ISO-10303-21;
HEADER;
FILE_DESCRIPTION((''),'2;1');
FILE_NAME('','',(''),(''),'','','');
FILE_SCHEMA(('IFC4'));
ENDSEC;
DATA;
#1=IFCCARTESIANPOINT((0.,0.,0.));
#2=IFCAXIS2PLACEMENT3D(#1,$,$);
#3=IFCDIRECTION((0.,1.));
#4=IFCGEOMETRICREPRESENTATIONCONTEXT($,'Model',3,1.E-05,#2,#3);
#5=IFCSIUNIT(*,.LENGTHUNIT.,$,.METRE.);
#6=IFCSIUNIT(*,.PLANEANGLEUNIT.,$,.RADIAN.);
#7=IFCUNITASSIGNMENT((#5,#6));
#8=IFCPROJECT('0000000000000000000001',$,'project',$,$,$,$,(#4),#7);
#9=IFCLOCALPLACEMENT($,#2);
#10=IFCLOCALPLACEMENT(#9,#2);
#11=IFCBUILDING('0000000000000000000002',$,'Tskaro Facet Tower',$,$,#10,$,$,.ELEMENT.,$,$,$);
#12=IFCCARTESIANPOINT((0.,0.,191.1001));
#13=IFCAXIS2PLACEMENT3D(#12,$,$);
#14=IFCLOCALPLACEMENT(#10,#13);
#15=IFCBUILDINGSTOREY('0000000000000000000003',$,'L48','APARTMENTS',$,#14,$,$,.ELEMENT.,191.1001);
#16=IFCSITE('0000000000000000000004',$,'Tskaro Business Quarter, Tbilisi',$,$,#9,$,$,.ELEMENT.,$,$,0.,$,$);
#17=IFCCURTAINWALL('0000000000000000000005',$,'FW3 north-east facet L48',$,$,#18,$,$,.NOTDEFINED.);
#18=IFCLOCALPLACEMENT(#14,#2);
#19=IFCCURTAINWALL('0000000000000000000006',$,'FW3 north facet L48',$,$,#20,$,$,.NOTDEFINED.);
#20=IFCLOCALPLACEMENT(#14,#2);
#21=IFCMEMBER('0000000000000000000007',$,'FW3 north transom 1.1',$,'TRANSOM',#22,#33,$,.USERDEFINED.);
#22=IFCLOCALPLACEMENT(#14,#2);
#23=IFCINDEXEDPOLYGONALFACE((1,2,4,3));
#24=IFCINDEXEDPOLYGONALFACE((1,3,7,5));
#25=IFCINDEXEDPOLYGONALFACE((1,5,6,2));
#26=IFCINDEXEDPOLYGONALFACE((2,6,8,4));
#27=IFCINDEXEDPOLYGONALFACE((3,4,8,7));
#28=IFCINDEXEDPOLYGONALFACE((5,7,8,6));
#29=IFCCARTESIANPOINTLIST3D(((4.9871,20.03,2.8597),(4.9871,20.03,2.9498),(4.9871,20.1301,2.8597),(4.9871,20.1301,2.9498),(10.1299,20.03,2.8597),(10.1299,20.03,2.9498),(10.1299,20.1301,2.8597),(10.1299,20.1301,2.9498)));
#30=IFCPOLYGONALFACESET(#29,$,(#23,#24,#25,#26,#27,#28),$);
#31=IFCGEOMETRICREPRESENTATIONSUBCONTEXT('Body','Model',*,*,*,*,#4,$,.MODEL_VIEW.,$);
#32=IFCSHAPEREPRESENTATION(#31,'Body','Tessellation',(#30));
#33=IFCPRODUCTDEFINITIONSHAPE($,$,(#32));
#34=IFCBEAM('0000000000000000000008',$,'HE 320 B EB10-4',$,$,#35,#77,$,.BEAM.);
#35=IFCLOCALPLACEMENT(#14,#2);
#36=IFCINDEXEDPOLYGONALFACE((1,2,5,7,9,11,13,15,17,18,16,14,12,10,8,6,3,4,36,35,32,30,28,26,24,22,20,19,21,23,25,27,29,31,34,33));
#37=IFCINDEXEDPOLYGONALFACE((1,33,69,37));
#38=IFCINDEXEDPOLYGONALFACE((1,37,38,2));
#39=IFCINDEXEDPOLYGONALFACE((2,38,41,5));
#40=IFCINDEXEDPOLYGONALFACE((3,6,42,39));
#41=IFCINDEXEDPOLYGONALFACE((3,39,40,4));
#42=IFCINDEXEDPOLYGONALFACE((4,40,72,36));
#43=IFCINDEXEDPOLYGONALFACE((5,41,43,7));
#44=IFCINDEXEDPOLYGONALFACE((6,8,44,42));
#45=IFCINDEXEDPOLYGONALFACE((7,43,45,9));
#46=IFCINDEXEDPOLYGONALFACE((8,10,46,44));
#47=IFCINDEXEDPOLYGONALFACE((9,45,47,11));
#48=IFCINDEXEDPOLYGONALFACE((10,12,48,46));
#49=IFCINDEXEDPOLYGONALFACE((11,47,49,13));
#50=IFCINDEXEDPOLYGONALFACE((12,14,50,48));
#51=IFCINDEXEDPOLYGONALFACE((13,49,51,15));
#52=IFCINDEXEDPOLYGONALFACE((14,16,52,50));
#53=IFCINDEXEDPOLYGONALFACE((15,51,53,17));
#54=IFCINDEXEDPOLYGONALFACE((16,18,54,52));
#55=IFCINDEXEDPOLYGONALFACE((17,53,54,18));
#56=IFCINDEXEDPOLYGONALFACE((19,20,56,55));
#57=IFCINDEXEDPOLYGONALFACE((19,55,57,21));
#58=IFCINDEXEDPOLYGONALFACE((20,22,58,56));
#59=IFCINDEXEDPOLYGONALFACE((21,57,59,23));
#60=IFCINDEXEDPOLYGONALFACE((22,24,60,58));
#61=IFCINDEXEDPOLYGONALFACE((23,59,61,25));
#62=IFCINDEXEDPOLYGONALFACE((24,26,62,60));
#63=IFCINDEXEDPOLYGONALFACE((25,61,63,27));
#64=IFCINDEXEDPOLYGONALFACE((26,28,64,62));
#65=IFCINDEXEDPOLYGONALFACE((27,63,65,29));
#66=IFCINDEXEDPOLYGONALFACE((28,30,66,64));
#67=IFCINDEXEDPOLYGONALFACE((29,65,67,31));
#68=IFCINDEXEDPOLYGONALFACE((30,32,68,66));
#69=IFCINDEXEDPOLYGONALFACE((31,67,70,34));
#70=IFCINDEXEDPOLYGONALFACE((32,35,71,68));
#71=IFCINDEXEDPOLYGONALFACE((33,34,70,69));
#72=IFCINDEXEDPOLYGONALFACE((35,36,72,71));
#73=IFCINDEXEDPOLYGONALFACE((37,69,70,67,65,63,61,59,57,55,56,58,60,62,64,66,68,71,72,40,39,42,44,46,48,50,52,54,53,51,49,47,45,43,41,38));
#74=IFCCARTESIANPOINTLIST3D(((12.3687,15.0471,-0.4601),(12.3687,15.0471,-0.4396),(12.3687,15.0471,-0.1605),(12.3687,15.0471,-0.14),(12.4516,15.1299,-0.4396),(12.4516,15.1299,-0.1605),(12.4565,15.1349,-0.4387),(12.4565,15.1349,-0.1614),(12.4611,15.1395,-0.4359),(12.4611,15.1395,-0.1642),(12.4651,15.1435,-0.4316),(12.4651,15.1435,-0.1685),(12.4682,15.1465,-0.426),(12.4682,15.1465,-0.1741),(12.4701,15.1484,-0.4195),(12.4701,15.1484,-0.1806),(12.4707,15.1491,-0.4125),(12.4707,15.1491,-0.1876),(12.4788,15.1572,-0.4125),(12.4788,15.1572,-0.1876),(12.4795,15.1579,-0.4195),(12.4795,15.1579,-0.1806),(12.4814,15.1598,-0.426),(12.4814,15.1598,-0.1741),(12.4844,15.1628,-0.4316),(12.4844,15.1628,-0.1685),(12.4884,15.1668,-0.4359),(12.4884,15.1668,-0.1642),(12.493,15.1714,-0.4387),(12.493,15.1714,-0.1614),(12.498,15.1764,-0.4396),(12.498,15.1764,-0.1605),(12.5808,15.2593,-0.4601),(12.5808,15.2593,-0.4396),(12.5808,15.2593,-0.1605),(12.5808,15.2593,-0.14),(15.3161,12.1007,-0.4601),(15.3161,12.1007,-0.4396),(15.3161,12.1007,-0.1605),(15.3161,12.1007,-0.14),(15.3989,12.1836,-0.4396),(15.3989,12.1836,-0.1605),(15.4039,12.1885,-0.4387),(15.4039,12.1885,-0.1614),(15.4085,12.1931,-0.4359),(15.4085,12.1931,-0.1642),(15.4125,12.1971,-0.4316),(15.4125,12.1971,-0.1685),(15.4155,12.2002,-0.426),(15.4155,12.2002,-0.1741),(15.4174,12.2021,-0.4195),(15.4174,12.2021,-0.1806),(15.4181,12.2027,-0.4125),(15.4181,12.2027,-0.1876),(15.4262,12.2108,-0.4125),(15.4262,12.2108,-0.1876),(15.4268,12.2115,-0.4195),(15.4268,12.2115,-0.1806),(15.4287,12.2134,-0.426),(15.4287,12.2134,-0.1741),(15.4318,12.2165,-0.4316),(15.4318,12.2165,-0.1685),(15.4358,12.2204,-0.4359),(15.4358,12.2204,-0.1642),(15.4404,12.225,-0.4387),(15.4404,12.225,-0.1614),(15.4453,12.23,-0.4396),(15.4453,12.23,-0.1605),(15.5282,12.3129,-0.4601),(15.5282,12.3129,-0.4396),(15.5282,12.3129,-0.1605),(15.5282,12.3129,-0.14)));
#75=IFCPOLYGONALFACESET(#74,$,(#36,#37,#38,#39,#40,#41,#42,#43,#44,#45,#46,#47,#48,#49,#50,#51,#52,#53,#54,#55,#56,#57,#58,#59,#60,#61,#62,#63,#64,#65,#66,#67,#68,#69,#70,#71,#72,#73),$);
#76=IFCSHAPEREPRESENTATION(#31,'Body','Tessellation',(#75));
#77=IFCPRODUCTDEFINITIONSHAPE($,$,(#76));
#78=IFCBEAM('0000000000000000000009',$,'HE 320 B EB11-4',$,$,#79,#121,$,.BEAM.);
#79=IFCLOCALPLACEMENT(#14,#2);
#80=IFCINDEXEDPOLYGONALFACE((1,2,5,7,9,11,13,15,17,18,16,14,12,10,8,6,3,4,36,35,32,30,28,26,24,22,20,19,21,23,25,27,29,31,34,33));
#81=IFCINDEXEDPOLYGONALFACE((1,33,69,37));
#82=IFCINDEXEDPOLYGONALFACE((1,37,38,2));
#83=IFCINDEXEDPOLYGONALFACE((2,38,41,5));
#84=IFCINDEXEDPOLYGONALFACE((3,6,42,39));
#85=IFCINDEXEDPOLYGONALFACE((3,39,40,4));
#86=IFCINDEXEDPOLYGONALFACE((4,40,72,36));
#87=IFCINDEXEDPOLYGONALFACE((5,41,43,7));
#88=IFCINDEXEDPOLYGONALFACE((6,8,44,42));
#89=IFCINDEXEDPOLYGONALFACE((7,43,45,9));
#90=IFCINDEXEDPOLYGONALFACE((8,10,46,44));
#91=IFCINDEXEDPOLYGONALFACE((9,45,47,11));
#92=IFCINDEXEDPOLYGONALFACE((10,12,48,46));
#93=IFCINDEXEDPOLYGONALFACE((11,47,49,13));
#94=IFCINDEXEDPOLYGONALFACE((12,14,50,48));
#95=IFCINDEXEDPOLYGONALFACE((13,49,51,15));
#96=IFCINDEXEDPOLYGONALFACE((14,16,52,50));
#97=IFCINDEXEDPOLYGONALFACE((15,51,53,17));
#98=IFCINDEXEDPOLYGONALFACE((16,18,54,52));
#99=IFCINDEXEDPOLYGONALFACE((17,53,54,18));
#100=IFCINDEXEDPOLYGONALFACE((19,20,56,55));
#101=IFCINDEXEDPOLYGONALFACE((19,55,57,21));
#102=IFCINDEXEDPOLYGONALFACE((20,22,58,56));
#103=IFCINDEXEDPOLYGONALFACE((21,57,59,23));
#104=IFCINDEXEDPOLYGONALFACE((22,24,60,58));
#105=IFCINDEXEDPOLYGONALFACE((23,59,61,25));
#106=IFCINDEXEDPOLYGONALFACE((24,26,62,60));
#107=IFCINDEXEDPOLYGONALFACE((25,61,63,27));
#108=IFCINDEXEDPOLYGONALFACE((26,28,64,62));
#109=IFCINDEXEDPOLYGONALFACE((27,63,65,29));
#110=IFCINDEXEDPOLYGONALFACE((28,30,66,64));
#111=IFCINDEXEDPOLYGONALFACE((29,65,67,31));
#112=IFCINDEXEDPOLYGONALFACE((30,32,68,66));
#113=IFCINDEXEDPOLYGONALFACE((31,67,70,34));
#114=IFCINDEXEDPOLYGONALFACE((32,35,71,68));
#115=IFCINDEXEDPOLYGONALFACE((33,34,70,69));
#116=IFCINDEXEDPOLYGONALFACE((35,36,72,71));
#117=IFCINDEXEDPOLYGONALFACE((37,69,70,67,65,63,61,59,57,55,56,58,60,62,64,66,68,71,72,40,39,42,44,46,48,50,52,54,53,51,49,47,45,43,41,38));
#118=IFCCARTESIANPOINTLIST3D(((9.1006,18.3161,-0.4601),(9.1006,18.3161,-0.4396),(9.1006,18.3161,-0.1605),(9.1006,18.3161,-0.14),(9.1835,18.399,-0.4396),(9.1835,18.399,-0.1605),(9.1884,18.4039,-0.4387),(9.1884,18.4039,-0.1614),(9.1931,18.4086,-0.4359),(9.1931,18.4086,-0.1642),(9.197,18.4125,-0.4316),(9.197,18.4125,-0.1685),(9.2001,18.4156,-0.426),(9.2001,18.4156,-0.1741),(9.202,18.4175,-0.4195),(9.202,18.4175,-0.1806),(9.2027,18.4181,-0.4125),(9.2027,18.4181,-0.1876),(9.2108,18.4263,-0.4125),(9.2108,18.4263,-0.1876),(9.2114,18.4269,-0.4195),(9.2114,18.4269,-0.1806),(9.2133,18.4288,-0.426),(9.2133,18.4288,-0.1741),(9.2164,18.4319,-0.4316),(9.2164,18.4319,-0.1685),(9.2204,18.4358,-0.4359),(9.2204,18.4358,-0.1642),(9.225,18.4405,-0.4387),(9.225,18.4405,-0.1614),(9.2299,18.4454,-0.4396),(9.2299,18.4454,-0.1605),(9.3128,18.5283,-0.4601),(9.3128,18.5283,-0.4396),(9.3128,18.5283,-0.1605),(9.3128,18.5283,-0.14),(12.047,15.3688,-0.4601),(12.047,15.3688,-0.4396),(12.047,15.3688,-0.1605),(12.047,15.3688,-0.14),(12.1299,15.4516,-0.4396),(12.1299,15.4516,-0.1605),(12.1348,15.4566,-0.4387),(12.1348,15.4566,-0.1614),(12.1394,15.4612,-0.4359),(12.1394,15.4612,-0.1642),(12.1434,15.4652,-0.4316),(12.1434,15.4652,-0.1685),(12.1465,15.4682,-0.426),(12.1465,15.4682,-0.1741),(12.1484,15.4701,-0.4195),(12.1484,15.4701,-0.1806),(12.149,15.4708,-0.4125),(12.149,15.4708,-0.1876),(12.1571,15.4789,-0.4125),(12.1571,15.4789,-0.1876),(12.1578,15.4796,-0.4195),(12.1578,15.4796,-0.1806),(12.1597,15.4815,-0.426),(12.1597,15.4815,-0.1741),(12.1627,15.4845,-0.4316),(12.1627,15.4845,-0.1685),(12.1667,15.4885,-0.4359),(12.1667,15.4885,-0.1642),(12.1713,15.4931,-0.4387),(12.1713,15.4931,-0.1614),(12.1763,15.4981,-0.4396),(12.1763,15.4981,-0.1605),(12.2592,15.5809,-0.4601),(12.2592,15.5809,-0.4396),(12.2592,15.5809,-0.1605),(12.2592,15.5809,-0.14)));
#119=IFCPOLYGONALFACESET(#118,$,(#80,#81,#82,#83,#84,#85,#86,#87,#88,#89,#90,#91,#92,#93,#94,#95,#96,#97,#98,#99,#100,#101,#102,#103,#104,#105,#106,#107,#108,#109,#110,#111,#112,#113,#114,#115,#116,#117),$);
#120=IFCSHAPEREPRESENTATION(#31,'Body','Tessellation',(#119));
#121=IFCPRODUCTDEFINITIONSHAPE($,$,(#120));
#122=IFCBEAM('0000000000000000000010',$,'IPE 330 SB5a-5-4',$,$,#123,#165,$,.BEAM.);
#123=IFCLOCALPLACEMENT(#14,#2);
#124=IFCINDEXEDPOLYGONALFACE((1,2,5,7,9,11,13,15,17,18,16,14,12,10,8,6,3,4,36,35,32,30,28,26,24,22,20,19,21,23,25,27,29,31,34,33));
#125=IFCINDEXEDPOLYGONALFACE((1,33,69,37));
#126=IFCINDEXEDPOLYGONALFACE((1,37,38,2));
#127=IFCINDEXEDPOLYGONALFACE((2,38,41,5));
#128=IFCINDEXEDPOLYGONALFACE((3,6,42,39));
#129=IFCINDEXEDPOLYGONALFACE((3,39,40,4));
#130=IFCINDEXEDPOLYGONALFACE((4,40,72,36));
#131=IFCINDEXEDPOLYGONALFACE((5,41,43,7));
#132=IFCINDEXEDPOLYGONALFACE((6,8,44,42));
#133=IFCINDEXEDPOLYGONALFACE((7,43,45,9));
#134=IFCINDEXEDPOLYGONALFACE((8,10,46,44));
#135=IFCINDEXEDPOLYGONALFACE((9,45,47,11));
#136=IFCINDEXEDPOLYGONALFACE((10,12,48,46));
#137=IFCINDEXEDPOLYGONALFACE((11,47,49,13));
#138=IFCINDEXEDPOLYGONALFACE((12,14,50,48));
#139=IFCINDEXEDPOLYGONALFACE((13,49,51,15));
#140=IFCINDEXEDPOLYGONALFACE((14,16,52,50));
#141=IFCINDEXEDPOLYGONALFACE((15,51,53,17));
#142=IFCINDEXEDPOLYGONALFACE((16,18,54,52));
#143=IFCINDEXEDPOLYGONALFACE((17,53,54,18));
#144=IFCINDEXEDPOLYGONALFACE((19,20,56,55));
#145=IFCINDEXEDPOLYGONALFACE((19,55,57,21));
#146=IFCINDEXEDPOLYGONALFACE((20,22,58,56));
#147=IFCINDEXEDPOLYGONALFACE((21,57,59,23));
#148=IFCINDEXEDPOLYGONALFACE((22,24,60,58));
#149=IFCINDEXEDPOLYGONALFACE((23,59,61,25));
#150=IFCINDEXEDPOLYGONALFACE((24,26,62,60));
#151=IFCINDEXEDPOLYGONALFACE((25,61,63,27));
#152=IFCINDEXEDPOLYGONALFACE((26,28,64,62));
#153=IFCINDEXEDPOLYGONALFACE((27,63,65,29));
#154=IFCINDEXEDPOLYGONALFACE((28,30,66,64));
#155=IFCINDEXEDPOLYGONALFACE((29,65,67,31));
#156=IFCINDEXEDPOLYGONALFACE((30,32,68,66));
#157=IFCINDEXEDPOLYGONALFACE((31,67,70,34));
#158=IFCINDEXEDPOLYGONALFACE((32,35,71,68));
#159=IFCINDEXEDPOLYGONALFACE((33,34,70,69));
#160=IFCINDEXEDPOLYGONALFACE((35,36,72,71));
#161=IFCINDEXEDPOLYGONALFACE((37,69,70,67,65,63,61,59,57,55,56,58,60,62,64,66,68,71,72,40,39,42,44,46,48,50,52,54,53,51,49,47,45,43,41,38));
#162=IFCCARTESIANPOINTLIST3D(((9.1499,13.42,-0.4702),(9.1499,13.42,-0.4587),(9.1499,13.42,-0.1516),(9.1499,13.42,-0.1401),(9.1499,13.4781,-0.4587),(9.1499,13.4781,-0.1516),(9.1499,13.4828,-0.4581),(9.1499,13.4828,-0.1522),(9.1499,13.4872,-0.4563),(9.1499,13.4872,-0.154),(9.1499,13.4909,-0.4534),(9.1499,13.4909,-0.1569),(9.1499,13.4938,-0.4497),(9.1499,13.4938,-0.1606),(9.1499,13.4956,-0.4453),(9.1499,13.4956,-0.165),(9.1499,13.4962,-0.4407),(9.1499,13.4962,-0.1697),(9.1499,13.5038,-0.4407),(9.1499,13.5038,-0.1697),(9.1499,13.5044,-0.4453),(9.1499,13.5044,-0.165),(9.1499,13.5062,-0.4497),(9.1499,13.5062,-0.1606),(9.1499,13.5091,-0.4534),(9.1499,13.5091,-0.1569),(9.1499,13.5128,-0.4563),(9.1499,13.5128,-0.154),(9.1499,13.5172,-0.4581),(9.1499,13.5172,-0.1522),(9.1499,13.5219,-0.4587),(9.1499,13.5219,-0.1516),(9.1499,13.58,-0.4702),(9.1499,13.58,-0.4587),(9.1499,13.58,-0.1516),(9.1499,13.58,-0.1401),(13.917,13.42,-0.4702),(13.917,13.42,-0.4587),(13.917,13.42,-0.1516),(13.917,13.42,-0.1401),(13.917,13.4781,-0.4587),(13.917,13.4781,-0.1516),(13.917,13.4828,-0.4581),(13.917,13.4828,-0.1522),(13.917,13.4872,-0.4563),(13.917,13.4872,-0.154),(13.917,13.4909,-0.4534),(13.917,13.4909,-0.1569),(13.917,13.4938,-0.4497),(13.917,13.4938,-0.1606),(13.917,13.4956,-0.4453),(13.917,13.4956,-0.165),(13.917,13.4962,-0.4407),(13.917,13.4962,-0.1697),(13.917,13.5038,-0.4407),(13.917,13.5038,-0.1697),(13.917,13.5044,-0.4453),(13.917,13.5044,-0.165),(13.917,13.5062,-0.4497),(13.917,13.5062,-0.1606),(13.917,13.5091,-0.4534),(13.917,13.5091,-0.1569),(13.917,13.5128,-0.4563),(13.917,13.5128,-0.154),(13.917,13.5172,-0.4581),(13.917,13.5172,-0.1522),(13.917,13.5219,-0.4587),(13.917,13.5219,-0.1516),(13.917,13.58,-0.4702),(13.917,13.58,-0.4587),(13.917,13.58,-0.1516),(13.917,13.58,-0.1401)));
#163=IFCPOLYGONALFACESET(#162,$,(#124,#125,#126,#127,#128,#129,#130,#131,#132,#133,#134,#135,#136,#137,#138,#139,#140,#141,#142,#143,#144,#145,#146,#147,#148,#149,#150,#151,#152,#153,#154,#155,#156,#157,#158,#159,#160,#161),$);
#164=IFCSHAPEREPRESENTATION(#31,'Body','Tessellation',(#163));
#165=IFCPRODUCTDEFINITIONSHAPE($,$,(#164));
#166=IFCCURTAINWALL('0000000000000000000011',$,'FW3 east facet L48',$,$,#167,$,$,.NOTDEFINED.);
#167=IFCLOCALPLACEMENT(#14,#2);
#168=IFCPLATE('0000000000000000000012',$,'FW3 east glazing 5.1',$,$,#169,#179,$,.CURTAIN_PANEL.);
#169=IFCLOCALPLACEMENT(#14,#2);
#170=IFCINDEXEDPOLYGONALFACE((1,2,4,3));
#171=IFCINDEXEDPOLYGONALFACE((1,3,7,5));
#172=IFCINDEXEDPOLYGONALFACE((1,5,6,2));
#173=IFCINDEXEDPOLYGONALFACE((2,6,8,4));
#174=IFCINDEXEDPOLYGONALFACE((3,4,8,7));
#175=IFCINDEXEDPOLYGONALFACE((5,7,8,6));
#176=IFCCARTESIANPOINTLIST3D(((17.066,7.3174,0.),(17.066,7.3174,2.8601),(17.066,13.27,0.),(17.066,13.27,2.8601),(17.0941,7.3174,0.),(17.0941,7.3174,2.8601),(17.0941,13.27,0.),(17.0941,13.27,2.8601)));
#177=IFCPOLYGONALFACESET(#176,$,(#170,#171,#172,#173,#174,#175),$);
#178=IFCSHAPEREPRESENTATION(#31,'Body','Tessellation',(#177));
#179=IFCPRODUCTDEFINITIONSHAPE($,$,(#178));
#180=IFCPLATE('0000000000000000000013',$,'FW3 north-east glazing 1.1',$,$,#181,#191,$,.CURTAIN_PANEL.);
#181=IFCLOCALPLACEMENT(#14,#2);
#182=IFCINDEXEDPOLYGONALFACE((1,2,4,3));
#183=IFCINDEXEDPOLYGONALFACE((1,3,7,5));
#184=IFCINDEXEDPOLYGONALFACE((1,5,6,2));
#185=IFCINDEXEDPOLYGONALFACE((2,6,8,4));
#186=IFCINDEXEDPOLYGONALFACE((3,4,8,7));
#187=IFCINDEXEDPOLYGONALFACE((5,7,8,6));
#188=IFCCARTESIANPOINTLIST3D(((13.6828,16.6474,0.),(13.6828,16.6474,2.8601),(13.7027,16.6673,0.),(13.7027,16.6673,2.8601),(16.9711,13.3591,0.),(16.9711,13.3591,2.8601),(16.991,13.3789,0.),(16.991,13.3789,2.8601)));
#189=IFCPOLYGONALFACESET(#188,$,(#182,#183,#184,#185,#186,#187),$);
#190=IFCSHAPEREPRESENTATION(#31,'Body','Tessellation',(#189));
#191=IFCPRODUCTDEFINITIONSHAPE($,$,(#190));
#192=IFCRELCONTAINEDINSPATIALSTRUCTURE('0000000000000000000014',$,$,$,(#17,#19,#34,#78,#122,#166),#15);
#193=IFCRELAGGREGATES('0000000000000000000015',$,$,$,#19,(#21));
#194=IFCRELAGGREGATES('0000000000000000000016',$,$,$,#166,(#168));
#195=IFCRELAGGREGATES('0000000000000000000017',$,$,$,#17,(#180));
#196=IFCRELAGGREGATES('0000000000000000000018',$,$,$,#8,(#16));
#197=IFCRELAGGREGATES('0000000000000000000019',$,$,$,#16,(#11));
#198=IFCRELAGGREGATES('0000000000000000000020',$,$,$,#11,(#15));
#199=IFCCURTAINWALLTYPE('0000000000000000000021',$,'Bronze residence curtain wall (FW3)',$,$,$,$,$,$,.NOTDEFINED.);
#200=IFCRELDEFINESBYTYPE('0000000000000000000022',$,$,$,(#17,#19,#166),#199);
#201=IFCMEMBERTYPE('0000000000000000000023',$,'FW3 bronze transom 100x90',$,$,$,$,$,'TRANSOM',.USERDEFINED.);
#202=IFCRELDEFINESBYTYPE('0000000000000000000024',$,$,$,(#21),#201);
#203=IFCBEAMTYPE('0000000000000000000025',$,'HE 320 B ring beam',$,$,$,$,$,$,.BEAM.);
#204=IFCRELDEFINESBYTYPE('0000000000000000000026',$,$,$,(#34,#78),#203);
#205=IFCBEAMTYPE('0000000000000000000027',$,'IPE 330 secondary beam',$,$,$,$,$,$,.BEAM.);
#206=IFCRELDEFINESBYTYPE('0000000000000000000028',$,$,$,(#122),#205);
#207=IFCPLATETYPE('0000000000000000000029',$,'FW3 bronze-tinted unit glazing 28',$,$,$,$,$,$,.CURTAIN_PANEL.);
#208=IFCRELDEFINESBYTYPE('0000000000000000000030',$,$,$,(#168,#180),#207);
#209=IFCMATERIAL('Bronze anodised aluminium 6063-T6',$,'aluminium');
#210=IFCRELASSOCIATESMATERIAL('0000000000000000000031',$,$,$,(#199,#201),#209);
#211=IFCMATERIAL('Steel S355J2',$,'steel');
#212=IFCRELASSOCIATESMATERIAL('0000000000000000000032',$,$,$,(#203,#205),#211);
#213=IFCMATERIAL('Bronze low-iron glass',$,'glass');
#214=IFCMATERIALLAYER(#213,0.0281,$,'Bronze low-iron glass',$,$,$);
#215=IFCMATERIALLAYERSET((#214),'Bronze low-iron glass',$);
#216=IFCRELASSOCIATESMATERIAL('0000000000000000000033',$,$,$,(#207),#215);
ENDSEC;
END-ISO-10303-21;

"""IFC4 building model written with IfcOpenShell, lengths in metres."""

from ifc_helpers import new_model, si_unit, direction, frame, origin, origin_2d, place, context, subcontext, project, spatial, rectangle, i_section, extrude, material, layer, layer_set, material_profile, profile_set, type_object, element, aggregate, save


model = new_model("IFC4")

# Units and contexts
model_context = context("Model", 3, precision=1e-05, world=origin(), true_north=direction((0.0, 1.0)))
body_context = subcontext(model_context, "Body", "Model", "MODEL_VIEW")
ifc_project = project(units=[si_unit("LENGTHUNIT", "METRE"), si_unit("PLANEANGLEUNIT", "RADIAN")], contexts=[model_context])

# Site, building, storey
site_placement = place(None, origin())
site = spatial("IfcSite", under=ifc_project, at=site_placement, Name="Tskaro Business Quarter, Tbilisi", CompositionType="ELEMENT", RefElevation=0.0)
building_placement = place(site_placement, origin())
building = spatial("IfcBuilding", under=site, at=building_placement, Name="Tskaro Facet Tower", CompositionType="ELEMENT")
storey_placement = place(building_placement, frame((0.0, 0.0, 191.1001)))
storey = spatial("IfcBuildingStorey", under=building, at=storey_placement, Name="L48", Description="APARTMENTS", CompositionType="ELEMENT", Elevation=191.1001)

# Curtain walls
ifc_material_1 = material(Name="Bronze anodised aluminium 6063-T6", Category="aluminium")
curtain_wall_type = type_object("IfcCurtainWallType", Name="Bronze residence curtain wall (FW3)", PredefinedType="NOTDEFINED", material=ifc_material_1)
curtain_wall_1_placement = place(storey_placement, origin())
curtain_wall_1 = element("IfcCurtainWall", 1, at=curtain_wall_1_placement, inside=storey, type_object=curtain_wall_type, Name="FW3 north-east facet L48", PredefinedType="NOTDEFINED")
curtain_wall_2_placement = place(storey_placement, origin())
curtain_wall_2 = element("IfcCurtainWall", 2, at=curtain_wall_2_placement, inside=storey, type_object=curtain_wall_type, Name="FW3 north facet L48", PredefinedType="NOTDEFINED")

# Member
ifc_material_profile_1 = material_profile(ifc_material_1, rectangle(XDim=0.1001, YDim=0.0901, at=origin_2d()), Name="Transom 100x90")
ifc_profile_set_1 = profile_set([ifc_material_profile_1], Name="Bronze anodised aluminium 6063-T6")
member_type_1 = type_object("IfcMemberType", Name="FW3 bronze transom 100x90", ElementType="TRANSOM", PredefinedType="USERDEFINED", material=ifc_profile_set_1)
member_1_placement = place(storey_placement, frame((10.1299, 20.0801, 2.9048), z_axis=(-1.0, 0.0, 0.0), x_axis=(0.0, -1.0, 0.0)))
member_1 = element("IfcMember", 3, at=member_1_placement, type_object=member_type_1, Name="FW3 north transom 1.1", ObjectType="TRANSOM", PredefinedType="USERDEFINED", context=body_context, shape_type="SweptSolid", body=[
    extrude(rectangle(XDim=0.1001, YDim=0.0901, at=origin_2d()), origin(), (0.0, 0.0, 1.0), 5.1428),
])
aggregate(curtain_wall_2, [member_1])

# Beams
ifc_material_2 = material(Name="Steel S355J2", Category="steel")
ifc_material_profile_2 = material_profile(ifc_material_2, i_section(OverallWidth=0.3, OverallDepth=0.3201, WebThickness=0.0115, FlangeThickness=0.0205, FilletRadius=0.0271, at=origin_2d()), Name="HE 320 B")
ifc_profile_set_2 = profile_set([ifc_material_profile_2], Name="Steel S355J2")
beam_type_1 = type_object("IfcBeamType", Name="HE 320 B ring beam", PredefinedType="BEAM", material=ifc_profile_set_2)
for number, where, z_axis, x_axis, name in (
    (4, (15.4221, 12.2068, -0.3), (-0.707224, 0.70699, 0.0), (-0.70699, -0.707224, 0.0), "HE 320 B EB10-4"),
    (5, (12.1531, 15.4749, -0.3), (-0.70699, 0.707224, 0.0), (-0.707224, -0.70699, 0.0), "HE 320 B EB11-4"),
):
    element("IfcBeam", number, at=place(storey_placement, frame(where, z_axis=z_axis, x_axis=x_axis)), inside=storey, type_object=beam_type_1, Name=name, PredefinedType="BEAM", context=body_context, shape_type="SweptSolid", body=[
        extrude(i_section(OverallWidth=0.3, OverallDepth=0.3201, WebThickness=0.0115, FlangeThickness=0.0205, FilletRadius=0.0271, at=origin_2d()), origin(), (0.0, 0.0, 1.0), 4.1675),
    ])
ifc_material_profile_3 = material_profile(ifc_material_2, i_section(OverallWidth=0.1599, OverallDepth=0.3301, WebThickness=0.0076, FlangeThickness=0.0115, FilletRadius=0.0181, at=origin_2d()), Name="IPE 330")
ifc_profile_set_3 = profile_set([ifc_material_profile_3], Name="Steel S355J2")
beam_type_2 = type_object("IfcBeamType", Name="IPE 330 secondary beam", PredefinedType="BEAM", material=ifc_profile_set_3)
beam_placement = place(storey_placement, frame((9.1499, 13.5, -0.3052), z_axis=(1.0, 0.0, 0.0), x_axis=(0.0, 1.0, 0.0)))
element("IfcBeam", 6, at=beam_placement, inside=storey, type_object=beam_type_2, Name="IPE 330 SB5a-5-4", PredefinedType="BEAM", context=body_context, shape_type="SweptSolid", body=[
    extrude(i_section(OverallWidth=0.1599, OverallDepth=0.3301, WebThickness=0.0076, FlangeThickness=0.0115, FilletRadius=0.0181, at=origin_2d()), origin(), (0.0, 0.0, 1.0), 4.7671),
])

# Curtain wall, plate
curtain_wall_3_placement = place(storey_placement, origin())
curtain_wall_3 = element("IfcCurtainWall", 7, at=curtain_wall_3_placement, inside=storey, type_object=curtain_wall_type, Name="FW3 east facet L48", PredefinedType="NOTDEFINED")
ifc_material_3 = material(Name="Bronze low-iron glass", Category="glass")
ifc_layer_1 = layer(ifc_material_3, 0.0281, Name="Bronze low-iron glass")
ifc_layer_set_1 = layer_set([ifc_layer_1], Name="Bronze low-iron glass")
plate_type = type_object("IfcPlateType", Name="FW3 bronze-tinted unit glazing 28", PredefinedType="CURTAIN_PANEL", material=ifc_layer_set_1)
plate_1_placement = place(storey_placement, frame((17.0801, 10.2937, 0.0), z_axis=(0.0, 0.0, 1.0), x_axis=(0.0, 1.0, 0.0)))
plate_1 = element("IfcPlate", 8, at=plate_1_placement, type_object=plate_type, Name="FW3 east glazing 5.1", PredefinedType="CURTAIN_PANEL", context=body_context, shape_type="SweptSolid", body=[
    extrude(rectangle(XDim=5.9526, YDim=0.0281, at=origin_2d()), origin(), (0.0, 0.0, 1.0), 2.8601),
])
aggregate(curtain_wall_3, [plate_1])

# Plate
plate_2_placement = place(storey_placement, frame((15.3369, 15.0132, 0.0), z_axis=(0.0, 0.0, 1.0), x_axis=(-0.707107, 0.707107, 0.0)))
plate_2 = element("IfcPlate", 9, at=plate_2_placement, type_object=plate_type, Name="FW3 north-east glazing 1.1", PredefinedType="CURTAIN_PANEL", context=body_context, shape_type="SweptSolid", body=[
    extrude(rectangle(XDim=4.6504, YDim=0.0281, at=origin_2d()), origin(), (0.0, 0.0, 1.0), 2.8601),
])
aggregate(curtain_wall_1, [plate_2])

save(model, "model.ifc")
